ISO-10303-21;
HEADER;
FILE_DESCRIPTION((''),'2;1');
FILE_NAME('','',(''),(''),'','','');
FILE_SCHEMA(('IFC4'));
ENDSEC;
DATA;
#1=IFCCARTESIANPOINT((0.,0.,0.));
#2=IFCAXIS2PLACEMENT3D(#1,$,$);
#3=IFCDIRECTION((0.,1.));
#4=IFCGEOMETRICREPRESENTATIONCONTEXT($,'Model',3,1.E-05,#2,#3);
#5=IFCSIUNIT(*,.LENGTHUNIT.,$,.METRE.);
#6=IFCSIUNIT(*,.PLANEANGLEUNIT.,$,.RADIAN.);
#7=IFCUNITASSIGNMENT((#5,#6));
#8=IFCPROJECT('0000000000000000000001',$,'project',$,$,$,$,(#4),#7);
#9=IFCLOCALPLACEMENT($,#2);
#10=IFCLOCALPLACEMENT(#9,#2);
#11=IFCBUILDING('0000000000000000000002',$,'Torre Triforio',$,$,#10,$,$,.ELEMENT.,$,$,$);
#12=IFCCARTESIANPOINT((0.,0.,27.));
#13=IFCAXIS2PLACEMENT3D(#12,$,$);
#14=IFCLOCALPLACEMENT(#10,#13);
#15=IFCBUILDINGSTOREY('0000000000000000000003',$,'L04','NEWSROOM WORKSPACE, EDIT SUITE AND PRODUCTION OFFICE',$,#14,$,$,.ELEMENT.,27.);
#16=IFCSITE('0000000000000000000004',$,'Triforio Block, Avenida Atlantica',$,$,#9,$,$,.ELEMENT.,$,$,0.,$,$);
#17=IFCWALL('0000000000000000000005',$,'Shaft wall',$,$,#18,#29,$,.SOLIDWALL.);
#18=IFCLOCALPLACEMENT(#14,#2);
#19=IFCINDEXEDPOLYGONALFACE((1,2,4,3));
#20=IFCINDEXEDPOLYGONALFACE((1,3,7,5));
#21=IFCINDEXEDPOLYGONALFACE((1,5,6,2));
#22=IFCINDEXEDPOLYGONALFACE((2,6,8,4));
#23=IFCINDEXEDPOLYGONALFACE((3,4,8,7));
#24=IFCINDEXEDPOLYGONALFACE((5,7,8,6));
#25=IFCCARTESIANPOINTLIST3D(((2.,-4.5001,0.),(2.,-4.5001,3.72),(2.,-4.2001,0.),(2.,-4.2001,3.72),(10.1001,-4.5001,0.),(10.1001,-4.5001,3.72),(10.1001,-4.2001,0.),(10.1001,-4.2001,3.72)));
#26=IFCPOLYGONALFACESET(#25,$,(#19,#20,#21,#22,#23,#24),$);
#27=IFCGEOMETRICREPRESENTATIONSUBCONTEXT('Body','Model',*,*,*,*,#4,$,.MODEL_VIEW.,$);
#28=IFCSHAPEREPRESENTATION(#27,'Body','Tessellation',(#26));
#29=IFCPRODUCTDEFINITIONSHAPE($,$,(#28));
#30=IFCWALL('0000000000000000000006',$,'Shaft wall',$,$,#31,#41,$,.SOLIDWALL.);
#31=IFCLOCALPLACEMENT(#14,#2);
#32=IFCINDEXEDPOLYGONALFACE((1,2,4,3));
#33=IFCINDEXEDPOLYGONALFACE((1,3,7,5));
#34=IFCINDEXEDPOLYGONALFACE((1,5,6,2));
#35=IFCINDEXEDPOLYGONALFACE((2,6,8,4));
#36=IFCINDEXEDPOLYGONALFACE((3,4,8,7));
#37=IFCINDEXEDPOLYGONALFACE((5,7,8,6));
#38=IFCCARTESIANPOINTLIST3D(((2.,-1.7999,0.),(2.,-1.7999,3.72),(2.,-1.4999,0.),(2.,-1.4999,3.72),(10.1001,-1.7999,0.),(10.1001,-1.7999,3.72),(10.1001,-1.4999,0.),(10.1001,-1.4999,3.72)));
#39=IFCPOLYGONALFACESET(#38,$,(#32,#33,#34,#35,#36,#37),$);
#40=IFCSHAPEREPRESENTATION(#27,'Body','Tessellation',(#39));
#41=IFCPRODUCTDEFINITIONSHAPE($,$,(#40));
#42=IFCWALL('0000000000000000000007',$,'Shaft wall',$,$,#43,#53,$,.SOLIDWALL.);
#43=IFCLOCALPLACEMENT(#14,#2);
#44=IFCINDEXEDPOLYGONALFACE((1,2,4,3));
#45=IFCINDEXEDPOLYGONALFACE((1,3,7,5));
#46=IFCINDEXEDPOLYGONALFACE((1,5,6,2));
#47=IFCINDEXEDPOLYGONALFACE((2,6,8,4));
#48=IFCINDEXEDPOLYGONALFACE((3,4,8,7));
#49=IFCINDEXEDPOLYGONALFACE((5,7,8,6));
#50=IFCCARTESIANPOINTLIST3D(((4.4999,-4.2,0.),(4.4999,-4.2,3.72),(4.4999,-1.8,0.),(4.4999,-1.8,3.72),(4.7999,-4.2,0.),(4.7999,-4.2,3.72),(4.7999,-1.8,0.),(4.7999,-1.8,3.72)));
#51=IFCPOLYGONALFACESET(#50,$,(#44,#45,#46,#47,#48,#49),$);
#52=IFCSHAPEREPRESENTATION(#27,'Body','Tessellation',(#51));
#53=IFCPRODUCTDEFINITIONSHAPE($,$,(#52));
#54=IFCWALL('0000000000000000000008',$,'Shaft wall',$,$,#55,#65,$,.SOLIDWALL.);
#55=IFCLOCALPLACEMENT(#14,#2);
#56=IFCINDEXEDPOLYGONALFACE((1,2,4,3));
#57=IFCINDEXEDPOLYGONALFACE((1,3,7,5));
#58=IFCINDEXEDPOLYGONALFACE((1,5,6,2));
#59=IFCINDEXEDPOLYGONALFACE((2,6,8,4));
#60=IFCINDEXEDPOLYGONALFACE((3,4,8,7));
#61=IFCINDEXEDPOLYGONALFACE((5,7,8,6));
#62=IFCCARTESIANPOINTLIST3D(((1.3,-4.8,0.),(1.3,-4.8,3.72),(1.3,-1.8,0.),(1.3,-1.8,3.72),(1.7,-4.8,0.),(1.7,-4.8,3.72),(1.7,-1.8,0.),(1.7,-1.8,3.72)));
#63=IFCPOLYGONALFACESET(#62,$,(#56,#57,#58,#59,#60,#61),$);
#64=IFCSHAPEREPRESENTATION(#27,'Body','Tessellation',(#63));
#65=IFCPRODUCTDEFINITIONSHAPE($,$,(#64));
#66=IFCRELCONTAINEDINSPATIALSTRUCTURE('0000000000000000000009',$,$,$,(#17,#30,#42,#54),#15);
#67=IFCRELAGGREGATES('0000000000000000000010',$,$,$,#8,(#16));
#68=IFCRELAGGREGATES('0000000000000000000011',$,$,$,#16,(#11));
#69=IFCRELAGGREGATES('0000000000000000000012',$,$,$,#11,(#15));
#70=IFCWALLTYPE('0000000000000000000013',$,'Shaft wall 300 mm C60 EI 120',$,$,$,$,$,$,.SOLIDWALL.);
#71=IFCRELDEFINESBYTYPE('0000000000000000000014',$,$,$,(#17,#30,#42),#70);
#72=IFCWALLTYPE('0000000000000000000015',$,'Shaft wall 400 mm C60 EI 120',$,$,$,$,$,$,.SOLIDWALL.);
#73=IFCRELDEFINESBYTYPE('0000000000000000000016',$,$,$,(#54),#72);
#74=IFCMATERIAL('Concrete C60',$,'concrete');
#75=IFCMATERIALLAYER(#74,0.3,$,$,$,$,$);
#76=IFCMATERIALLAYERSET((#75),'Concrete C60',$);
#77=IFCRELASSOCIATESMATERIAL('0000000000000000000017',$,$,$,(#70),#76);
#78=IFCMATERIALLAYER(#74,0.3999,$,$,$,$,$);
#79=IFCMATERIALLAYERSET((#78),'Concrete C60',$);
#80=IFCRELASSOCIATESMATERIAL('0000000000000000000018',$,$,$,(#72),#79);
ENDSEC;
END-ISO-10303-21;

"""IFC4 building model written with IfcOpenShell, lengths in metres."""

from ifc_helpers import new_model, si_unit, direction, frame, frame_2d, origin, place, context, subcontext, project, spatial, rectangle, extrude, material, layer, layer_set, type_object, element, save


model = new_model("IFC4")

# Units and contexts
model_context = context("Model", 3, precision=1e-05, world=origin(), true_north=direction((0.0, 1.0)))
body_context = subcontext(model_context, "Body", "Model", "MODEL_VIEW")
ifc_project = project(units=[si_unit("LENGTHUNIT", "METRE"), si_unit("PLANEANGLEUNIT", "RADIAN")], contexts=[model_context])

# Site, building, storey
site_placement = place(None, origin())
site = spatial("IfcSite", under=ifc_project, at=site_placement, Name="Triforio Block, Avenida Atlantica", CompositionType="ELEMENT", RefElevation=0.0)
building_placement = place(site_placement, origin())
building = spatial("IfcBuilding", under=site, at=building_placement, Name="Torre Triforio", CompositionType="ELEMENT")
storey_placement = place(building_placement, frame((0.0, 0.0, 27.0)))
storey = spatial("IfcBuildingStorey", under=building, at=storey_placement, Name="L04", Description="NEWSROOM WORKSPACE, EDIT SUITE AND PRODUCTION OFFICE", CompositionType="ELEMENT", Elevation=27.0)

# Shared definitions
ifc_material_1 = material(Name="Concrete C60", Category="concrete")

# Walls
ifc_layer_1 = layer(ifc_material_1, 0.3)
ifc_layer_set_1 = layer_set([ifc_layer_1], Name="Concrete C60")
wall_type_1 = type_object("IfcWallType", Name="Shaft wall 300 mm C60 EI 120", PredefinedType="SOLIDWALL", material=ifc_layer_set_1)
for number, where, z_axis, x_axis, name in (
    (1, (2.0, -4.3501, 0.0), (0.0, 0.0, 1.0), (1.0, 0.0, 0.0), "Shaft wall"),
    (2, (2.0, -1.6499, 0.0), (0.0, 0.0, 1.0), (1.0, 0.0, 0.0), "Shaft wall"),
):
    element("IfcWall", number, at=place(storey_placement, frame(where, z_axis=z_axis, x_axis=x_axis)), inside=storey, type_object=wall_type_1, Name=name, PredefinedType="SOLIDWALL", context=body_context, shape_type="SweptSolid", body=[
        extrude(rectangle(XDim=8.1001, YDim=0.3, at=frame_2d((4.05, 0.0))), origin(), (0.0, 0.0, 1.0), 3.72),
    ])
wall_1_placement = place(storey_placement, frame((4.6499, -4.2, 0.0), z_axis=(0.0, 0.0, 1.0), x_axis=(0.0, 1.0, 0.0)))
element("IfcWall", 3, at=wall_1_placement, inside=storey, type_object=wall_type_1, Name="Shaft wall", PredefinedType="SOLIDWALL", context=body_context, shape_type="SweptSolid", body=[
    extrude(rectangle(XDim=2.3999, YDim=0.3, at=frame_2d((1.2, 0.0))), origin(), (0.0, 0.0, 1.0), 3.72),
])
ifc_layer_2 = layer(ifc_material_1, 0.3999)
ifc_layer_set_2 = layer_set([ifc_layer_2], Name="Concrete C60")
wall_type_2 = type_object("IfcWallType", Name="Shaft wall 400 mm C60 EI 120", PredefinedType="SOLIDWALL", material=ifc_layer_set_2)
wall_2_placement = place(storey_placement, frame((1.5, -4.8, 0.0), z_axis=(0.0, 0.0, 1.0), x_axis=(0.0, 1.0, 0.0)))
element("IfcWall", 4, at=wall_2_placement, inside=storey, type_object=wall_type_2, Name="Shaft wall", PredefinedType="SOLIDWALL", context=body_context, shape_type="SweptSolid", body=[
    extrude(rectangle(XDim=3.0, YDim=0.3999, at=frame_2d((1.5, 0.0))), origin(), (0.0, 0.0, 1.0), 3.72),
])

save(model, "model.ifc")
